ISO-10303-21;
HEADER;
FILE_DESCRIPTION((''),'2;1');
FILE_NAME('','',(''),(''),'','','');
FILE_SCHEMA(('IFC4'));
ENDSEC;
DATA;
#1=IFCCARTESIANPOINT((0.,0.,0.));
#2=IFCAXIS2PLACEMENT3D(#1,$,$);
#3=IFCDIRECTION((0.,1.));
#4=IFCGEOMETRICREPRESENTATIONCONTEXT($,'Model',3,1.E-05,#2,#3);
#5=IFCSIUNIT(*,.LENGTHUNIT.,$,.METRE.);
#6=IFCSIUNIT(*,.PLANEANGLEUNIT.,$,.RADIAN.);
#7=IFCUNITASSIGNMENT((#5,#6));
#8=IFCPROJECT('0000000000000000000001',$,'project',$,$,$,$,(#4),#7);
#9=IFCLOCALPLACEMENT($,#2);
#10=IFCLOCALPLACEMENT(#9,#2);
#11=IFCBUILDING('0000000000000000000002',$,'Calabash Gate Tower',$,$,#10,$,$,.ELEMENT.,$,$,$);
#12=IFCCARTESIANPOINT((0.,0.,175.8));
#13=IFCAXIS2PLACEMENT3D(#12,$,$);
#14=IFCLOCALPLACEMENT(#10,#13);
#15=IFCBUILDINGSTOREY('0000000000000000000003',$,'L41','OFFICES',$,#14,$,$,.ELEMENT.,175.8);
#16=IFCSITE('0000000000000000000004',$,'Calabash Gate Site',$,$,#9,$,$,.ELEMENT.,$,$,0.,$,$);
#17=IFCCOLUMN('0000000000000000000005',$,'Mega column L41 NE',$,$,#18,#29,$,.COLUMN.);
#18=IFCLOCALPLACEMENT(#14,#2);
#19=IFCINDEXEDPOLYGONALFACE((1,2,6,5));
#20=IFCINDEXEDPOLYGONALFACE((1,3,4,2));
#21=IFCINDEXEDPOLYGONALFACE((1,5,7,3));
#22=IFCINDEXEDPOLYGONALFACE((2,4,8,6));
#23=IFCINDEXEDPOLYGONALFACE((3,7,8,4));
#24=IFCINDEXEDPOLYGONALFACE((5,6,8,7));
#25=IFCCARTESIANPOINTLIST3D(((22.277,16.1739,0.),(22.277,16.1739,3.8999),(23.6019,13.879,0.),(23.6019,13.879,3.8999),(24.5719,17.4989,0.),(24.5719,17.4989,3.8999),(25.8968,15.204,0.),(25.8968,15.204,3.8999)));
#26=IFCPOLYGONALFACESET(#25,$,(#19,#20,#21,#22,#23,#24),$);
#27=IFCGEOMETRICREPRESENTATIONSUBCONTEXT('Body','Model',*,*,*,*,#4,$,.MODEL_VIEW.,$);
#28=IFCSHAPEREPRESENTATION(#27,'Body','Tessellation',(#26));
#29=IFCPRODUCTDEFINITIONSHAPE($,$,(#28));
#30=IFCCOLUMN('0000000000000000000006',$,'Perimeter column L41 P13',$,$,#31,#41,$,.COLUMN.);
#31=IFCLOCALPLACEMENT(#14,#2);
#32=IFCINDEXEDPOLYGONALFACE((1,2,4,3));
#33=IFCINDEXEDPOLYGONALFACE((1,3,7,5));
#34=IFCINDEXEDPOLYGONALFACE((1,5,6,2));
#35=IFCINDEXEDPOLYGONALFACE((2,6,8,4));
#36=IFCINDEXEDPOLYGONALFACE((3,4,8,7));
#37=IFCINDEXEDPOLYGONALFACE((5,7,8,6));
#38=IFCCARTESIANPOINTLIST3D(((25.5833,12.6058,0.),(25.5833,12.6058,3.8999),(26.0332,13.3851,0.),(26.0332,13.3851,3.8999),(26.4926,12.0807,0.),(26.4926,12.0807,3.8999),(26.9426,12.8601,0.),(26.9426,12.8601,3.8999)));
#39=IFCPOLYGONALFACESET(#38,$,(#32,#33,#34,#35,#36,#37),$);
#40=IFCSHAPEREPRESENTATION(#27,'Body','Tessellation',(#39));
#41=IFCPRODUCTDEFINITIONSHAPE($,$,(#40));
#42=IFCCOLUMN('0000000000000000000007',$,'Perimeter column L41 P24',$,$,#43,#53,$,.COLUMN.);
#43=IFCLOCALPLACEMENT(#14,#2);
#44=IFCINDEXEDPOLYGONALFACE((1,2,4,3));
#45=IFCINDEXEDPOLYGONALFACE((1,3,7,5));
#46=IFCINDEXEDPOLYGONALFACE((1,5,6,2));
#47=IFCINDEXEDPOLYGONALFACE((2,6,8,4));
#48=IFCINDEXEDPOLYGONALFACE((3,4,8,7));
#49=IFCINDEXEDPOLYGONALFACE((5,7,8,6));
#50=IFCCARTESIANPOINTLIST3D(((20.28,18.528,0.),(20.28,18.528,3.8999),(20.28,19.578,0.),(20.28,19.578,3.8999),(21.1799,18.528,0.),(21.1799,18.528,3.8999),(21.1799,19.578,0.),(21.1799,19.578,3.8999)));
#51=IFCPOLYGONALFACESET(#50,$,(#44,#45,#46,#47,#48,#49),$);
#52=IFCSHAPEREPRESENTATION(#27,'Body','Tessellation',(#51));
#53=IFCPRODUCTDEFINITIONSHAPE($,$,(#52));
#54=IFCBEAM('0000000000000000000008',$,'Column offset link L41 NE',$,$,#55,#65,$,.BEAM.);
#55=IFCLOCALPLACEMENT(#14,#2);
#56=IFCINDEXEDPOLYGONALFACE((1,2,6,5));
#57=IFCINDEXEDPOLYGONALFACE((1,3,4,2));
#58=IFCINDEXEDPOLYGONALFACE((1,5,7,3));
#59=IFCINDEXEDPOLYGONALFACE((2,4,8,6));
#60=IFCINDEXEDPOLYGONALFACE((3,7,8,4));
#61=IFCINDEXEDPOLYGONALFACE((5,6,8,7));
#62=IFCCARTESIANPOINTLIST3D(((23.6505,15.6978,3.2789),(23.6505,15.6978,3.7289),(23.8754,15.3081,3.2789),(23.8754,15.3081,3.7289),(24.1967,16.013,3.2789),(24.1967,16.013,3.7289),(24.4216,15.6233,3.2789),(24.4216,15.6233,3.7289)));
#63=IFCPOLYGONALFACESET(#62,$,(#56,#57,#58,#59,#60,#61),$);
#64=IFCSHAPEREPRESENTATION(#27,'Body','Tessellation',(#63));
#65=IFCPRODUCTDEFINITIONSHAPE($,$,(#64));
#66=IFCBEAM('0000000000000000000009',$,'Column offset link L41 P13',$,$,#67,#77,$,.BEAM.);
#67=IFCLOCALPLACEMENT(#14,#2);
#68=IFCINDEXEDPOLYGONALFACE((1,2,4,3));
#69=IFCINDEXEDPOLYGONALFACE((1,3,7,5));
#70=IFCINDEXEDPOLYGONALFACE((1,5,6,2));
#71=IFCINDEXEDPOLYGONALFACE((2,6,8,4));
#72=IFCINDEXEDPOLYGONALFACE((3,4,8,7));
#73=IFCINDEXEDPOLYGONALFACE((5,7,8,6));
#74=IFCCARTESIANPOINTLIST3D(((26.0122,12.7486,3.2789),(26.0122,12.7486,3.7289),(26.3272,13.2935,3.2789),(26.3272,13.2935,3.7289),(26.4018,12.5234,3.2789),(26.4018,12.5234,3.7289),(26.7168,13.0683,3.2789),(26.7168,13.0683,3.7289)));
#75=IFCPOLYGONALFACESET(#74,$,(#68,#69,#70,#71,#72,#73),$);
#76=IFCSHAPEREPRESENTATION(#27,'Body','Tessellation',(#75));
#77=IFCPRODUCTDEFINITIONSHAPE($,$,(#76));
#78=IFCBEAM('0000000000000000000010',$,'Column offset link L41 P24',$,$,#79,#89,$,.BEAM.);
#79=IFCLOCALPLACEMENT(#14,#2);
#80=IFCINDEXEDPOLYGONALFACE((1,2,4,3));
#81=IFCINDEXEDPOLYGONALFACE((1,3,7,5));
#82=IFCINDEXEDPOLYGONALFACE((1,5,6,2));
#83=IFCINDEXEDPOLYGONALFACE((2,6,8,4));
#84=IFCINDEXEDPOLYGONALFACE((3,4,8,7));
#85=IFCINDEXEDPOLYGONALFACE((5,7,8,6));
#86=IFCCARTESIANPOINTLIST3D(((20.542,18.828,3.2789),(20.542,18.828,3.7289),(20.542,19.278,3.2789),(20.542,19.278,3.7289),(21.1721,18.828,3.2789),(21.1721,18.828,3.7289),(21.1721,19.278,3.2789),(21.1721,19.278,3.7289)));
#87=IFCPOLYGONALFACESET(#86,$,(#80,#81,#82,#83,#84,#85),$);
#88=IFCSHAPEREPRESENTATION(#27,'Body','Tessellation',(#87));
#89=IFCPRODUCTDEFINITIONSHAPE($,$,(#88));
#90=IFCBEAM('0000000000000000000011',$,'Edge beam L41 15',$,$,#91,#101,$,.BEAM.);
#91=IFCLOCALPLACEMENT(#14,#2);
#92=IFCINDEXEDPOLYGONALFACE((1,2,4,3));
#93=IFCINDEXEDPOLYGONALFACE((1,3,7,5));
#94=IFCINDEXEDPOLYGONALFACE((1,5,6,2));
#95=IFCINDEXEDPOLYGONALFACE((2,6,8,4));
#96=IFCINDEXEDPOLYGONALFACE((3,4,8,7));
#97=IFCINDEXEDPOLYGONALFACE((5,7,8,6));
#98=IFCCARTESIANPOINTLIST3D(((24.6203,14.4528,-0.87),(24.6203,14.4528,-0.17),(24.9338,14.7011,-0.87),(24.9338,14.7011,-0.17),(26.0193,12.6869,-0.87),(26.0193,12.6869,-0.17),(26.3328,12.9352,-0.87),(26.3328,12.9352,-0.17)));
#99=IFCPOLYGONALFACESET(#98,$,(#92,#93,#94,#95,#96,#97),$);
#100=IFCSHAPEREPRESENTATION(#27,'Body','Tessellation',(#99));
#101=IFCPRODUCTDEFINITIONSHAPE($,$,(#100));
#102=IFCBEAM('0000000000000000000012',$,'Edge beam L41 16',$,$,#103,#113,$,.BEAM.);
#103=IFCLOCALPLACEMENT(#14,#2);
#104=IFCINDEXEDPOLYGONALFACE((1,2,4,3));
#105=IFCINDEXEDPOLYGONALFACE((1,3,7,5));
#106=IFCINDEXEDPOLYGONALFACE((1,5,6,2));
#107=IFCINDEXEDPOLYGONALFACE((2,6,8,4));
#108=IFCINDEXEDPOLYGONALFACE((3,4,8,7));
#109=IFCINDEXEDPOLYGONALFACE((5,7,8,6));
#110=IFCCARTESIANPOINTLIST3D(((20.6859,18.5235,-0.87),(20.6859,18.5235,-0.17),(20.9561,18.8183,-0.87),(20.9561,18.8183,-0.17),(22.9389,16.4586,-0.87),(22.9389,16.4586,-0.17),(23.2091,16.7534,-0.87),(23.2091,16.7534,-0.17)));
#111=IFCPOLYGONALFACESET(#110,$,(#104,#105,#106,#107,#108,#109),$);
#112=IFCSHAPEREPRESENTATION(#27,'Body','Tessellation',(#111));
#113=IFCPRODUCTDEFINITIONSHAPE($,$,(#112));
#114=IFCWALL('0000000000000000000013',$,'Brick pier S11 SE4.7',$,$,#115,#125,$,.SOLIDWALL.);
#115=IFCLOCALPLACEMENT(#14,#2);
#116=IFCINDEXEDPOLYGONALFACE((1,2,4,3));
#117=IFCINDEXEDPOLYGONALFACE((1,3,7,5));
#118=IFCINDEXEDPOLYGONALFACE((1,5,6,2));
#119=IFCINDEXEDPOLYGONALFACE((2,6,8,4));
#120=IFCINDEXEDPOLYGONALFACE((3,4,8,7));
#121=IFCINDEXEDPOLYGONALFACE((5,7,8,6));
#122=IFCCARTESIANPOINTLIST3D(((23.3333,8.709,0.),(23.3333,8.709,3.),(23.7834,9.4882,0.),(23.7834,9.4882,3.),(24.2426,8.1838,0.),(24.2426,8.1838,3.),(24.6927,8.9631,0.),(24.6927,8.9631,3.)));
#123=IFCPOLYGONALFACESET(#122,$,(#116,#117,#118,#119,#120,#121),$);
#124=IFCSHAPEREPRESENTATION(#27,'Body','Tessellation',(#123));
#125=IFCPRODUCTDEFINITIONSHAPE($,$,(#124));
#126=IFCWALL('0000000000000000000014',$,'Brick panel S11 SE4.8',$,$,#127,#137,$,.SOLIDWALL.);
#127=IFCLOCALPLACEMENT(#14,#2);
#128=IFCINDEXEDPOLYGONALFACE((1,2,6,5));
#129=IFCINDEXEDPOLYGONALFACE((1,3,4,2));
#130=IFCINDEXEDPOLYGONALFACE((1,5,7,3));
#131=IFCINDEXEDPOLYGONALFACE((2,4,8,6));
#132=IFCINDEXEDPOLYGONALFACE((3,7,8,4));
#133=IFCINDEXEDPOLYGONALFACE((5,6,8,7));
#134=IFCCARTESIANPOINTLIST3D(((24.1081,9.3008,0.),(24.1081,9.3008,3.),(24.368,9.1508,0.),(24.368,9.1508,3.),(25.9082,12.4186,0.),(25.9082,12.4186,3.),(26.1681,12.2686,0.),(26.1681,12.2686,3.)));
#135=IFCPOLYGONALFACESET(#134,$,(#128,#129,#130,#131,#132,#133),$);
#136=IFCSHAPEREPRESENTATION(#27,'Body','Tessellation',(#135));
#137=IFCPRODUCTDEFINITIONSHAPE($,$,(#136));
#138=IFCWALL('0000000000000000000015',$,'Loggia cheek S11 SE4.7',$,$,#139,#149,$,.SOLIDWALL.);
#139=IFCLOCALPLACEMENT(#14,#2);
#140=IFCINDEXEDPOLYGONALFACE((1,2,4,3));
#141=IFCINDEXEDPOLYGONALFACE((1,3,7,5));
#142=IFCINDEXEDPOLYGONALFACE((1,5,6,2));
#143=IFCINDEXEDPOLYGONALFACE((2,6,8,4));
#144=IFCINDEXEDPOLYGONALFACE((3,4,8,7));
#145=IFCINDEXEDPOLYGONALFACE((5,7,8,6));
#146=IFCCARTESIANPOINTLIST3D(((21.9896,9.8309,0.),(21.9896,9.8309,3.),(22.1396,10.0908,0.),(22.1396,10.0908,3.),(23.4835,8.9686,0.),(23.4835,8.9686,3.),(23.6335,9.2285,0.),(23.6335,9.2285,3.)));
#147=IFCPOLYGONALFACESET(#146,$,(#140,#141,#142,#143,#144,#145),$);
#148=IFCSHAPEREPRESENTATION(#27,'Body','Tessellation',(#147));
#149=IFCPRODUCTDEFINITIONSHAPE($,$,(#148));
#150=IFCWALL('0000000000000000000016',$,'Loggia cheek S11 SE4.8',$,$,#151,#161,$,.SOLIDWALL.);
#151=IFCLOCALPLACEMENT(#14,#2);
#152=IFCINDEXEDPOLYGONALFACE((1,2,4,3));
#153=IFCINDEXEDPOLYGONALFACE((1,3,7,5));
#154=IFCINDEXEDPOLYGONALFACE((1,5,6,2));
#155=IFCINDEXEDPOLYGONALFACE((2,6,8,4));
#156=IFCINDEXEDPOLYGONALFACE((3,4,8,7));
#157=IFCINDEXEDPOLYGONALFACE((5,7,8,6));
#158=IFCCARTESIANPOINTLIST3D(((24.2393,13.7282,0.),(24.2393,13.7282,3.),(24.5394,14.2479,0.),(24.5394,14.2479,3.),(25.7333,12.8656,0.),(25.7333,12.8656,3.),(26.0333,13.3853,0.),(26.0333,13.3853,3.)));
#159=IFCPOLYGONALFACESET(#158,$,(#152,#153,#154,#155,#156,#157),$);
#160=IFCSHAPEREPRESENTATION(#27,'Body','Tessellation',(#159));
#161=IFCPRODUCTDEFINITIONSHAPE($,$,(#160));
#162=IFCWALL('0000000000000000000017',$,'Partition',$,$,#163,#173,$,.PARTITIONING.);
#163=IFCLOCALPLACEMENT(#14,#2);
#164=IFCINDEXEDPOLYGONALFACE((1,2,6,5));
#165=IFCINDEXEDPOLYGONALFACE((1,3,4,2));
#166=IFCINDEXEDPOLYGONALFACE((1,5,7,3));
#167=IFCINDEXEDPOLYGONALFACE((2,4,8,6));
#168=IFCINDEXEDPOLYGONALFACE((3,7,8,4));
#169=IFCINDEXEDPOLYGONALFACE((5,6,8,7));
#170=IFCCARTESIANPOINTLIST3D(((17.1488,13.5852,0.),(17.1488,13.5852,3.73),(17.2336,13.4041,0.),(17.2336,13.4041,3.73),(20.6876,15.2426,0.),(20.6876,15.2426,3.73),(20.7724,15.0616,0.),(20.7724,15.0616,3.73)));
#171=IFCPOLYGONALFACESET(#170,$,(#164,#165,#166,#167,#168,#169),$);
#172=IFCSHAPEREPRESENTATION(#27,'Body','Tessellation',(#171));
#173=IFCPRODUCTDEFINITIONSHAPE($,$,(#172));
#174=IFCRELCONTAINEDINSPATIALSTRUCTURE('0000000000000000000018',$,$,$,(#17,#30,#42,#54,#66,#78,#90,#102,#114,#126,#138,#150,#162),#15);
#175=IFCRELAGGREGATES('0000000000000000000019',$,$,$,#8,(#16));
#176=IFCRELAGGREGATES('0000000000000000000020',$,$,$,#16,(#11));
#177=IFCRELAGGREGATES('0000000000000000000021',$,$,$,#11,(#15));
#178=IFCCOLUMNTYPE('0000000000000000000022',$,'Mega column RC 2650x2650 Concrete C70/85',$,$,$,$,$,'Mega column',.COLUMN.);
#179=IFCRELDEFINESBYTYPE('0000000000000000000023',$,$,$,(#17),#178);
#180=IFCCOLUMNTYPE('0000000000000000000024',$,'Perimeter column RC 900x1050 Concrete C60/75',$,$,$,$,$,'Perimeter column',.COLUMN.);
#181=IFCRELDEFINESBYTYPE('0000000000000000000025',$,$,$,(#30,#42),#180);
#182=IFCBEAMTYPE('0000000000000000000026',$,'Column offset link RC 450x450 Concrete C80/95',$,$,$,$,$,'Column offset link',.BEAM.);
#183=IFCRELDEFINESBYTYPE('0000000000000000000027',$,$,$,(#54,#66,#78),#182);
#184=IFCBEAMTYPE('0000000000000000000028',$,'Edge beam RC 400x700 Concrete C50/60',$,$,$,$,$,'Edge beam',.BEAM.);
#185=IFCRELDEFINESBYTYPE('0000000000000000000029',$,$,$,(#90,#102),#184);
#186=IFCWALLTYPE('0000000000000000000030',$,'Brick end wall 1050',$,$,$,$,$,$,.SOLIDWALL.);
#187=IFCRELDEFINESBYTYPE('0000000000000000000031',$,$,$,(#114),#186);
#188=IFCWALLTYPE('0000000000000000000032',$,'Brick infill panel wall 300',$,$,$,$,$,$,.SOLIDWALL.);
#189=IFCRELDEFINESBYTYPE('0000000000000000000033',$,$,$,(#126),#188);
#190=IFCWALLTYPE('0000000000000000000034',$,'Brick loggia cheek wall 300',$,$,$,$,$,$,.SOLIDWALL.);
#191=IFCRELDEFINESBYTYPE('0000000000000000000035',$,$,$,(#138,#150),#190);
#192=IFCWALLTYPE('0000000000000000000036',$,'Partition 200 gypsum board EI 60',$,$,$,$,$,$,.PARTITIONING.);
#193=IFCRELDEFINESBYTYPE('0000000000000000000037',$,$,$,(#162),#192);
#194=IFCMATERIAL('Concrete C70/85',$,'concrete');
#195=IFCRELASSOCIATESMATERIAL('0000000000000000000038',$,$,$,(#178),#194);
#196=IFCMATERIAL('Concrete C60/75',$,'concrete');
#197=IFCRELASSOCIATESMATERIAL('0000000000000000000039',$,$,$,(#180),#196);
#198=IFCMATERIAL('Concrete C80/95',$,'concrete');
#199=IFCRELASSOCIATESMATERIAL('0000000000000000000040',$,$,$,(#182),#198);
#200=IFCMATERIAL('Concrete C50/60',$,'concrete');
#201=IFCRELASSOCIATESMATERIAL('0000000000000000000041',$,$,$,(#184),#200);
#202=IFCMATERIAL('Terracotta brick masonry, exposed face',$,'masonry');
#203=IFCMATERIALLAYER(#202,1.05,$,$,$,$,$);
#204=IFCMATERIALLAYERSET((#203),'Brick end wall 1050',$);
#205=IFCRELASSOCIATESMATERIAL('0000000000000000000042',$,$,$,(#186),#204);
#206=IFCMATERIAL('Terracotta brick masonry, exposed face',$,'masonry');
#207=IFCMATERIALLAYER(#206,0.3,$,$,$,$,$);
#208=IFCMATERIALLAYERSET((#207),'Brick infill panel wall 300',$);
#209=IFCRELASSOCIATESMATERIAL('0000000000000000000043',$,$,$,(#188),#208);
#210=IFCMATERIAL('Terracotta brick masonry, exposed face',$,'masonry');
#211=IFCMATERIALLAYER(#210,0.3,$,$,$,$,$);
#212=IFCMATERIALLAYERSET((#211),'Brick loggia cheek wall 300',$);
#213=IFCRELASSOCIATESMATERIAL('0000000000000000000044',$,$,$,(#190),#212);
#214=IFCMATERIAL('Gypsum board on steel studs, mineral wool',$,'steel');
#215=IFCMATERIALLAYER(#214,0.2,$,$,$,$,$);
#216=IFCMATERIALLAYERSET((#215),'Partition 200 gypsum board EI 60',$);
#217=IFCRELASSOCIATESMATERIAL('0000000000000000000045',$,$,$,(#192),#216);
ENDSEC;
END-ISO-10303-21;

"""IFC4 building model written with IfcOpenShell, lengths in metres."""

from ifc_helpers import new_model, si_unit, direction, frame, frame_2d, origin, origin_2d, place, context, subcontext, project, spatial, rectangle, extrude, material, layer, layer_set, material_profile, profile_set, type_object, element, save


model = new_model("IFC4")

# Units and contexts
model_context = context("Model", 3, precision=1e-05, world=origin(), true_north=direction((0.0, 1.0)))
body_context = subcontext(model_context, "Body", "Model", "MODEL_VIEW")
ifc_project = project(units=[si_unit("LENGTHUNIT", "METRE"), si_unit("PLANEANGLEUNIT", "RADIAN")], contexts=[model_context])

# Site, building, storey
site_placement = place(None, origin())
site = spatial("IfcSite", under=ifc_project, at=site_placement, Name="Calabash Gate Site", CompositionType="ELEMENT", RefElevation=0.0)
building_placement = place(site_placement, origin())
building = spatial("IfcBuilding", under=site, at=building_placement, Name="Calabash Gate Tower", CompositionType="ELEMENT")
storey_placement = place(building_placement, frame((0.0, 0.0, 175.8)))
storey = spatial("IfcBuildingStorey", under=building, at=storey_placement, Name="L41", Description="OFFICES", CompositionType="ELEMENT", Elevation=175.8)

# Columns
ifc_material_1 = material(Name="Concrete C70/85", Category="concrete")
ifc_material_profile_1 = material_profile(ifc_material_1, rectangle(XDim=2.6499, YDim=2.6499, at=origin_2d()))
ifc_profile_set_1 = profile_set([ifc_material_profile_1], Name="Concrete C70/85")
column_type_1 = type_object("IfcColumnType", Name="Mega column RC 2650x2650 Concrete C70/85", ElementType="Mega column", PredefinedType="COLUMN", material=ifc_profile_set_1)
column_placement = place(storey_placement, frame((24.0869, 15.689, 0.0), z_axis=(0.0, 0.0, 1.0), x_axis=(-0.866025, -0.5, 0.0)))
element("IfcColumn", 1, at=column_placement, inside=storey, type_object=column_type_1, Name="Mega column L41 NE", PredefinedType="COLUMN", context=body_context, shape_type="SweptSolid", body=[
    extrude(rectangle(XDim=2.6499, YDim=2.6499, at=origin_2d()), origin(), (0.0, 0.0, 1.0), 3.8999),
])
ifc_material_2 = material(Name="Concrete C60/75", Category="concrete")
ifc_material_profile_2 = material_profile(ifc_material_2, rectangle(XDim=0.8999, YDim=1.05, at=origin_2d()))
ifc_profile_set_2 = profile_set([ifc_material_profile_2], Name="Concrete C60/75")
column_type_2 = type_object("IfcColumnType", Name="Perimeter column RC 900x1050 Concrete C60/75", ElementType="Perimeter column", PredefinedType="COLUMN", material=ifc_profile_set_2)
for number, where, z_axis, x_axis, name in (
    (2, (26.2629, 12.7329, 0.0), (0.0, 0.0, 1.0), (0.5, 0.866025, 0.0), "Perimeter column L41 P13"),
    (3, (20.73, 19.053, 0.0), (0.0, 0.0, 1.0), (-1.0, 0.0, 0.0), "Perimeter column L41 P24"),
):
    element("IfcColumn", number, at=place(storey_placement, frame(where, z_axis=z_axis, x_axis=x_axis)), inside=storey, type_object=column_type_2, Name=name, PredefinedType="COLUMN", context=body_context, shape_type="SweptSolid", body=[
        extrude(rectangle(XDim=0.8999, YDim=1.05, at=origin_2d()), origin(), (0.0, 0.0, 1.0), 3.8999),
    ])

# Beams
ifc_material_3 = material(Name="Concrete C80/95", Category="concrete")
ifc_material_profile_3 = material_profile(ifc_material_3, rectangle(XDim=0.45, YDim=0.45, at=origin_2d()))
ifc_profile_set_3 = profile_set([ifc_material_profile_3], Name="Concrete C80/95")
beam_type_1 = type_object("IfcBeamType", Name="Column offset link RC 450x450 Concrete C80/95", ElementType="Column offset link", PredefinedType="BEAM", material=ifc_profile_set_3)
beam_1_placement = place(storey_placement, frame((23.7629, 15.5029, 3.5039), z_axis=(0.866115, 0.499845, 0.0), x_axis=(-0.499845, 0.866115, 0.0)))
element("IfcBeam", 4, at=beam_1_placement, inside=storey, type_object=beam_type_1, Name="Column offset link L41 NE", PredefinedType="BEAM", context=body_context, shape_type="SweptSolid", body=[
    extrude(rectangle(XDim=0.45, YDim=0.45, at=origin_2d()), origin(), (0.0, 0.0, 1.0), 0.6306),
])
beam_2_placement = place(storey_placement, frame((26.207, 12.636, 3.5039), z_axis=(0.500394, 0.865798, 0.0), x_axis=(-0.865798, 0.500394, 0.0)))
element("IfcBeam", 5, at=beam_2_placement, inside=storey, type_object=beam_type_1, Name="Column offset link L41 P13", PredefinedType="BEAM", context=body_context, shape_type="SweptSolid", body=[
    extrude(rectangle(XDim=0.45, YDim=0.45, at=origin_2d()), origin(), (0.0, 0.0, 1.0), 0.6294),
])
beam_3_placement = place(storey_placement, frame((20.542, 19.053, 3.5039), z_axis=(1.0, 0.0, 0.0), x_axis=(0.0, 1.0, 0.0)))
element("IfcBeam", 6, at=beam_3_placement, inside=storey, type_object=beam_type_1, Name="Column offset link L41 P24", PredefinedType="BEAM", context=body_context, shape_type="SweptSolid", body=[
    extrude(rectangle(XDim=0.45, YDim=0.45, at=origin_2d()), origin(), (0.0, 0.0, 1.0), 0.6301),
])
ifc_material_4 = material(Name="Concrete C50/60", Category="concrete")
ifc_material_profile_4 = material_profile(ifc_material_4, rectangle(XDim=0.3999, YDim=0.7, at=origin_2d()))
ifc_profile_set_4 = profile_set([ifc_material_profile_4], Name="Concrete C50/60")
beam_type_2 = type_object("IfcBeamType", Name="Edge beam RC 400x700 Concrete C50/60", ElementType="Edge beam", PredefinedType="BEAM", material=ifc_profile_set_4)
beam_4_placement = place(storey_placement, frame((26.176, 12.811, -0.52), z_axis=(-0.620961, 0.783841, 0.0), x_axis=(-0.783841, -0.620961, 0.0)))
element("IfcBeam", 7, at=beam_4_placement, inside=storey, type_object=beam_type_2, Name="Edge beam L41 15", PredefinedType="BEAM", context=body_context, shape_type="SweptSolid", body=[
    extrude(rectangle(XDim=0.3999, YDim=0.7, at=origin_2d()), origin(), (0.0, 0.0, 1.0), 2.2529),
])
beam_5_placement = place(storey_placement, frame((23.074, 16.606, -0.52), z_axis=(-0.737194, 0.675681, 0.0), x_axis=(-0.675681, -0.737194, 0.0)))
element("IfcBeam", 8, at=beam_5_placement, inside=storey, type_object=beam_type_2, Name="Edge beam L41 16", PredefinedType="BEAM", context=body_context, shape_type="SweptSolid", body=[
    extrude(rectangle(XDim=0.3999, YDim=0.7, at=origin_2d()), origin(), (0.0, 0.0, 1.0), 3.0562),
])

# Walls
ifc_material_5 = material(Name="Terracotta brick masonry, exposed face", Category="masonry")
ifc_layer_1 = layer(ifc_material_5, 1.05)
ifc_layer_set_1 = layer_set([ifc_layer_1], Name="Brick end wall 1050")
wall_type_1 = type_object("IfcWallType", Name="Brick end wall 1050", PredefinedType="SOLIDWALL", material=ifc_layer_set_1)
wall_1_placement = place(storey_placement, frame((24.4675, 8.5735, 0.0), z_axis=(0.0, 0.0, 1.0), x_axis=(-0.86593, 0.500165, 0.0)))
element("IfcWall", 9, at=wall_1_placement, inside=storey, type_object=wall_type_1, Name="Brick pier S11 SE4.7", PredefinedType="SOLIDWALL", context=body_context, shape_type="SweptSolid", body=[
    extrude(rectangle(XDim=1.05, YDim=0.8999, at=frame_2d((0.5249, 0.0))), origin(), (0.0, 0.0, 1.0), 3.0),
])
ifc_material_6 = material(Name="Terracotta brick masonry, exposed face", Category="masonry")
ifc_layer_2 = layer(ifc_material_6, 0.3)
ifc_layer_set_2 = layer_set([ifc_layer_2], Name="Brick infill panel wall 300")
wall_type_2 = type_object("IfcWallType", Name="Brick infill panel wall 300", PredefinedType="SOLIDWALL", material=ifc_layer_set_2)
wall_2_placement = place(storey_placement, frame((24.238, 9.2258, 0.0), z_axis=(0.0, 0.0, 1.0), x_axis=(0.500012, 0.866018, 0.0)))
element("IfcWall", 10, at=wall_2_placement, inside=storey, type_object=wall_type_2, Name="Brick panel S11 SE4.8", PredefinedType="SOLIDWALL", context=body_context, shape_type="SweptSolid", body=[
    extrude(rectangle(XDim=3.6001, YDim=0.3, at=frame_2d((1.8, 0.0))), origin(), (0.0, 0.0, 1.0), 3.0),
])
ifc_material_7 = material(Name="Terracotta brick masonry, exposed face", Category="masonry")
ifc_layer_3 = layer(ifc_material_7, 0.3)
ifc_layer_set_3 = layer_set([ifc_layer_3], Name="Brick loggia cheek wall 300")
wall_type_3 = type_object("IfcWallType", Name="Brick loggia cheek wall 300", PredefinedType="SOLIDWALL", material=ifc_layer_set_3)
wall_3_placement = place(storey_placement, frame((23.5583, 9.0986, 0.0), z_axis=(0.0, 0.0, 1.0), x_axis=(-0.866075, 0.499914, 0.0)))
element("IfcWall", 11, at=wall_3_placement, inside=storey, type_object=wall_type_3, Name="Loggia cheek S11 SE4.7", PredefinedType="SOLIDWALL", context=body_context, shape_type="SweptSolid", body=[
    extrude(rectangle(XDim=1.7249, YDim=0.3, at=frame_2d((0.8623, 0.0))), origin(), (0.0, 0.0, 1.0), 3.0),
])
wall_4_placement = place(storey_placement, frame((25.8833, 13.1255, 0.0), z_axis=(0.0, 0.0, 1.0), x_axis=(-0.866014, 0.500021, 0.0)))
element("IfcWall", 12, at=wall_4_placement, inside=storey, type_object=wall_type_3, Name="Loggia cheek S11 SE4.8", PredefinedType="SOLIDWALL", context=body_context, shape_type="SweptSolid", body=[
    extrude(rectangle(XDim=1.7251, YDim=0.6001, at=frame_2d((0.8625, 0.0))), origin(), (0.0, 0.0, 1.0), 3.0),
])
ifc_material_8 = material(Name="Gypsum board on steel studs, mineral wool", Category="steel")
ifc_layer_4 = layer(ifc_material_8, 0.2)
ifc_layer_set_4 = layer_set([ifc_layer_4], Name="Partition 200 gypsum board EI 60")
wall_type_4 = type_object("IfcWallType", Name="Partition 200 gypsum board EI 60", PredefinedType="PARTITIONING", material=ifc_layer_set_4)
wall_5_placement = place(storey_placement, frame((17.1912, 13.4946, 0.0), z_axis=(0.0, 0.0, 1.0), x_axis=(0.905592, 0.424151, 0.0)))
element("IfcWall", 13, at=wall_5_placement, inside=storey, type_object=wall_type_4, Name="Partition", PredefinedType="PARTITIONING", context=body_context, shape_type="SweptSolid", body=[
    extrude(rectangle(XDim=3.9077, YDim=0.2, at=frame_2d((1.9539, 0.0))), origin(), (0.0, 0.0, 1.0), 3.73),
])

save(model, "model.ifc")
